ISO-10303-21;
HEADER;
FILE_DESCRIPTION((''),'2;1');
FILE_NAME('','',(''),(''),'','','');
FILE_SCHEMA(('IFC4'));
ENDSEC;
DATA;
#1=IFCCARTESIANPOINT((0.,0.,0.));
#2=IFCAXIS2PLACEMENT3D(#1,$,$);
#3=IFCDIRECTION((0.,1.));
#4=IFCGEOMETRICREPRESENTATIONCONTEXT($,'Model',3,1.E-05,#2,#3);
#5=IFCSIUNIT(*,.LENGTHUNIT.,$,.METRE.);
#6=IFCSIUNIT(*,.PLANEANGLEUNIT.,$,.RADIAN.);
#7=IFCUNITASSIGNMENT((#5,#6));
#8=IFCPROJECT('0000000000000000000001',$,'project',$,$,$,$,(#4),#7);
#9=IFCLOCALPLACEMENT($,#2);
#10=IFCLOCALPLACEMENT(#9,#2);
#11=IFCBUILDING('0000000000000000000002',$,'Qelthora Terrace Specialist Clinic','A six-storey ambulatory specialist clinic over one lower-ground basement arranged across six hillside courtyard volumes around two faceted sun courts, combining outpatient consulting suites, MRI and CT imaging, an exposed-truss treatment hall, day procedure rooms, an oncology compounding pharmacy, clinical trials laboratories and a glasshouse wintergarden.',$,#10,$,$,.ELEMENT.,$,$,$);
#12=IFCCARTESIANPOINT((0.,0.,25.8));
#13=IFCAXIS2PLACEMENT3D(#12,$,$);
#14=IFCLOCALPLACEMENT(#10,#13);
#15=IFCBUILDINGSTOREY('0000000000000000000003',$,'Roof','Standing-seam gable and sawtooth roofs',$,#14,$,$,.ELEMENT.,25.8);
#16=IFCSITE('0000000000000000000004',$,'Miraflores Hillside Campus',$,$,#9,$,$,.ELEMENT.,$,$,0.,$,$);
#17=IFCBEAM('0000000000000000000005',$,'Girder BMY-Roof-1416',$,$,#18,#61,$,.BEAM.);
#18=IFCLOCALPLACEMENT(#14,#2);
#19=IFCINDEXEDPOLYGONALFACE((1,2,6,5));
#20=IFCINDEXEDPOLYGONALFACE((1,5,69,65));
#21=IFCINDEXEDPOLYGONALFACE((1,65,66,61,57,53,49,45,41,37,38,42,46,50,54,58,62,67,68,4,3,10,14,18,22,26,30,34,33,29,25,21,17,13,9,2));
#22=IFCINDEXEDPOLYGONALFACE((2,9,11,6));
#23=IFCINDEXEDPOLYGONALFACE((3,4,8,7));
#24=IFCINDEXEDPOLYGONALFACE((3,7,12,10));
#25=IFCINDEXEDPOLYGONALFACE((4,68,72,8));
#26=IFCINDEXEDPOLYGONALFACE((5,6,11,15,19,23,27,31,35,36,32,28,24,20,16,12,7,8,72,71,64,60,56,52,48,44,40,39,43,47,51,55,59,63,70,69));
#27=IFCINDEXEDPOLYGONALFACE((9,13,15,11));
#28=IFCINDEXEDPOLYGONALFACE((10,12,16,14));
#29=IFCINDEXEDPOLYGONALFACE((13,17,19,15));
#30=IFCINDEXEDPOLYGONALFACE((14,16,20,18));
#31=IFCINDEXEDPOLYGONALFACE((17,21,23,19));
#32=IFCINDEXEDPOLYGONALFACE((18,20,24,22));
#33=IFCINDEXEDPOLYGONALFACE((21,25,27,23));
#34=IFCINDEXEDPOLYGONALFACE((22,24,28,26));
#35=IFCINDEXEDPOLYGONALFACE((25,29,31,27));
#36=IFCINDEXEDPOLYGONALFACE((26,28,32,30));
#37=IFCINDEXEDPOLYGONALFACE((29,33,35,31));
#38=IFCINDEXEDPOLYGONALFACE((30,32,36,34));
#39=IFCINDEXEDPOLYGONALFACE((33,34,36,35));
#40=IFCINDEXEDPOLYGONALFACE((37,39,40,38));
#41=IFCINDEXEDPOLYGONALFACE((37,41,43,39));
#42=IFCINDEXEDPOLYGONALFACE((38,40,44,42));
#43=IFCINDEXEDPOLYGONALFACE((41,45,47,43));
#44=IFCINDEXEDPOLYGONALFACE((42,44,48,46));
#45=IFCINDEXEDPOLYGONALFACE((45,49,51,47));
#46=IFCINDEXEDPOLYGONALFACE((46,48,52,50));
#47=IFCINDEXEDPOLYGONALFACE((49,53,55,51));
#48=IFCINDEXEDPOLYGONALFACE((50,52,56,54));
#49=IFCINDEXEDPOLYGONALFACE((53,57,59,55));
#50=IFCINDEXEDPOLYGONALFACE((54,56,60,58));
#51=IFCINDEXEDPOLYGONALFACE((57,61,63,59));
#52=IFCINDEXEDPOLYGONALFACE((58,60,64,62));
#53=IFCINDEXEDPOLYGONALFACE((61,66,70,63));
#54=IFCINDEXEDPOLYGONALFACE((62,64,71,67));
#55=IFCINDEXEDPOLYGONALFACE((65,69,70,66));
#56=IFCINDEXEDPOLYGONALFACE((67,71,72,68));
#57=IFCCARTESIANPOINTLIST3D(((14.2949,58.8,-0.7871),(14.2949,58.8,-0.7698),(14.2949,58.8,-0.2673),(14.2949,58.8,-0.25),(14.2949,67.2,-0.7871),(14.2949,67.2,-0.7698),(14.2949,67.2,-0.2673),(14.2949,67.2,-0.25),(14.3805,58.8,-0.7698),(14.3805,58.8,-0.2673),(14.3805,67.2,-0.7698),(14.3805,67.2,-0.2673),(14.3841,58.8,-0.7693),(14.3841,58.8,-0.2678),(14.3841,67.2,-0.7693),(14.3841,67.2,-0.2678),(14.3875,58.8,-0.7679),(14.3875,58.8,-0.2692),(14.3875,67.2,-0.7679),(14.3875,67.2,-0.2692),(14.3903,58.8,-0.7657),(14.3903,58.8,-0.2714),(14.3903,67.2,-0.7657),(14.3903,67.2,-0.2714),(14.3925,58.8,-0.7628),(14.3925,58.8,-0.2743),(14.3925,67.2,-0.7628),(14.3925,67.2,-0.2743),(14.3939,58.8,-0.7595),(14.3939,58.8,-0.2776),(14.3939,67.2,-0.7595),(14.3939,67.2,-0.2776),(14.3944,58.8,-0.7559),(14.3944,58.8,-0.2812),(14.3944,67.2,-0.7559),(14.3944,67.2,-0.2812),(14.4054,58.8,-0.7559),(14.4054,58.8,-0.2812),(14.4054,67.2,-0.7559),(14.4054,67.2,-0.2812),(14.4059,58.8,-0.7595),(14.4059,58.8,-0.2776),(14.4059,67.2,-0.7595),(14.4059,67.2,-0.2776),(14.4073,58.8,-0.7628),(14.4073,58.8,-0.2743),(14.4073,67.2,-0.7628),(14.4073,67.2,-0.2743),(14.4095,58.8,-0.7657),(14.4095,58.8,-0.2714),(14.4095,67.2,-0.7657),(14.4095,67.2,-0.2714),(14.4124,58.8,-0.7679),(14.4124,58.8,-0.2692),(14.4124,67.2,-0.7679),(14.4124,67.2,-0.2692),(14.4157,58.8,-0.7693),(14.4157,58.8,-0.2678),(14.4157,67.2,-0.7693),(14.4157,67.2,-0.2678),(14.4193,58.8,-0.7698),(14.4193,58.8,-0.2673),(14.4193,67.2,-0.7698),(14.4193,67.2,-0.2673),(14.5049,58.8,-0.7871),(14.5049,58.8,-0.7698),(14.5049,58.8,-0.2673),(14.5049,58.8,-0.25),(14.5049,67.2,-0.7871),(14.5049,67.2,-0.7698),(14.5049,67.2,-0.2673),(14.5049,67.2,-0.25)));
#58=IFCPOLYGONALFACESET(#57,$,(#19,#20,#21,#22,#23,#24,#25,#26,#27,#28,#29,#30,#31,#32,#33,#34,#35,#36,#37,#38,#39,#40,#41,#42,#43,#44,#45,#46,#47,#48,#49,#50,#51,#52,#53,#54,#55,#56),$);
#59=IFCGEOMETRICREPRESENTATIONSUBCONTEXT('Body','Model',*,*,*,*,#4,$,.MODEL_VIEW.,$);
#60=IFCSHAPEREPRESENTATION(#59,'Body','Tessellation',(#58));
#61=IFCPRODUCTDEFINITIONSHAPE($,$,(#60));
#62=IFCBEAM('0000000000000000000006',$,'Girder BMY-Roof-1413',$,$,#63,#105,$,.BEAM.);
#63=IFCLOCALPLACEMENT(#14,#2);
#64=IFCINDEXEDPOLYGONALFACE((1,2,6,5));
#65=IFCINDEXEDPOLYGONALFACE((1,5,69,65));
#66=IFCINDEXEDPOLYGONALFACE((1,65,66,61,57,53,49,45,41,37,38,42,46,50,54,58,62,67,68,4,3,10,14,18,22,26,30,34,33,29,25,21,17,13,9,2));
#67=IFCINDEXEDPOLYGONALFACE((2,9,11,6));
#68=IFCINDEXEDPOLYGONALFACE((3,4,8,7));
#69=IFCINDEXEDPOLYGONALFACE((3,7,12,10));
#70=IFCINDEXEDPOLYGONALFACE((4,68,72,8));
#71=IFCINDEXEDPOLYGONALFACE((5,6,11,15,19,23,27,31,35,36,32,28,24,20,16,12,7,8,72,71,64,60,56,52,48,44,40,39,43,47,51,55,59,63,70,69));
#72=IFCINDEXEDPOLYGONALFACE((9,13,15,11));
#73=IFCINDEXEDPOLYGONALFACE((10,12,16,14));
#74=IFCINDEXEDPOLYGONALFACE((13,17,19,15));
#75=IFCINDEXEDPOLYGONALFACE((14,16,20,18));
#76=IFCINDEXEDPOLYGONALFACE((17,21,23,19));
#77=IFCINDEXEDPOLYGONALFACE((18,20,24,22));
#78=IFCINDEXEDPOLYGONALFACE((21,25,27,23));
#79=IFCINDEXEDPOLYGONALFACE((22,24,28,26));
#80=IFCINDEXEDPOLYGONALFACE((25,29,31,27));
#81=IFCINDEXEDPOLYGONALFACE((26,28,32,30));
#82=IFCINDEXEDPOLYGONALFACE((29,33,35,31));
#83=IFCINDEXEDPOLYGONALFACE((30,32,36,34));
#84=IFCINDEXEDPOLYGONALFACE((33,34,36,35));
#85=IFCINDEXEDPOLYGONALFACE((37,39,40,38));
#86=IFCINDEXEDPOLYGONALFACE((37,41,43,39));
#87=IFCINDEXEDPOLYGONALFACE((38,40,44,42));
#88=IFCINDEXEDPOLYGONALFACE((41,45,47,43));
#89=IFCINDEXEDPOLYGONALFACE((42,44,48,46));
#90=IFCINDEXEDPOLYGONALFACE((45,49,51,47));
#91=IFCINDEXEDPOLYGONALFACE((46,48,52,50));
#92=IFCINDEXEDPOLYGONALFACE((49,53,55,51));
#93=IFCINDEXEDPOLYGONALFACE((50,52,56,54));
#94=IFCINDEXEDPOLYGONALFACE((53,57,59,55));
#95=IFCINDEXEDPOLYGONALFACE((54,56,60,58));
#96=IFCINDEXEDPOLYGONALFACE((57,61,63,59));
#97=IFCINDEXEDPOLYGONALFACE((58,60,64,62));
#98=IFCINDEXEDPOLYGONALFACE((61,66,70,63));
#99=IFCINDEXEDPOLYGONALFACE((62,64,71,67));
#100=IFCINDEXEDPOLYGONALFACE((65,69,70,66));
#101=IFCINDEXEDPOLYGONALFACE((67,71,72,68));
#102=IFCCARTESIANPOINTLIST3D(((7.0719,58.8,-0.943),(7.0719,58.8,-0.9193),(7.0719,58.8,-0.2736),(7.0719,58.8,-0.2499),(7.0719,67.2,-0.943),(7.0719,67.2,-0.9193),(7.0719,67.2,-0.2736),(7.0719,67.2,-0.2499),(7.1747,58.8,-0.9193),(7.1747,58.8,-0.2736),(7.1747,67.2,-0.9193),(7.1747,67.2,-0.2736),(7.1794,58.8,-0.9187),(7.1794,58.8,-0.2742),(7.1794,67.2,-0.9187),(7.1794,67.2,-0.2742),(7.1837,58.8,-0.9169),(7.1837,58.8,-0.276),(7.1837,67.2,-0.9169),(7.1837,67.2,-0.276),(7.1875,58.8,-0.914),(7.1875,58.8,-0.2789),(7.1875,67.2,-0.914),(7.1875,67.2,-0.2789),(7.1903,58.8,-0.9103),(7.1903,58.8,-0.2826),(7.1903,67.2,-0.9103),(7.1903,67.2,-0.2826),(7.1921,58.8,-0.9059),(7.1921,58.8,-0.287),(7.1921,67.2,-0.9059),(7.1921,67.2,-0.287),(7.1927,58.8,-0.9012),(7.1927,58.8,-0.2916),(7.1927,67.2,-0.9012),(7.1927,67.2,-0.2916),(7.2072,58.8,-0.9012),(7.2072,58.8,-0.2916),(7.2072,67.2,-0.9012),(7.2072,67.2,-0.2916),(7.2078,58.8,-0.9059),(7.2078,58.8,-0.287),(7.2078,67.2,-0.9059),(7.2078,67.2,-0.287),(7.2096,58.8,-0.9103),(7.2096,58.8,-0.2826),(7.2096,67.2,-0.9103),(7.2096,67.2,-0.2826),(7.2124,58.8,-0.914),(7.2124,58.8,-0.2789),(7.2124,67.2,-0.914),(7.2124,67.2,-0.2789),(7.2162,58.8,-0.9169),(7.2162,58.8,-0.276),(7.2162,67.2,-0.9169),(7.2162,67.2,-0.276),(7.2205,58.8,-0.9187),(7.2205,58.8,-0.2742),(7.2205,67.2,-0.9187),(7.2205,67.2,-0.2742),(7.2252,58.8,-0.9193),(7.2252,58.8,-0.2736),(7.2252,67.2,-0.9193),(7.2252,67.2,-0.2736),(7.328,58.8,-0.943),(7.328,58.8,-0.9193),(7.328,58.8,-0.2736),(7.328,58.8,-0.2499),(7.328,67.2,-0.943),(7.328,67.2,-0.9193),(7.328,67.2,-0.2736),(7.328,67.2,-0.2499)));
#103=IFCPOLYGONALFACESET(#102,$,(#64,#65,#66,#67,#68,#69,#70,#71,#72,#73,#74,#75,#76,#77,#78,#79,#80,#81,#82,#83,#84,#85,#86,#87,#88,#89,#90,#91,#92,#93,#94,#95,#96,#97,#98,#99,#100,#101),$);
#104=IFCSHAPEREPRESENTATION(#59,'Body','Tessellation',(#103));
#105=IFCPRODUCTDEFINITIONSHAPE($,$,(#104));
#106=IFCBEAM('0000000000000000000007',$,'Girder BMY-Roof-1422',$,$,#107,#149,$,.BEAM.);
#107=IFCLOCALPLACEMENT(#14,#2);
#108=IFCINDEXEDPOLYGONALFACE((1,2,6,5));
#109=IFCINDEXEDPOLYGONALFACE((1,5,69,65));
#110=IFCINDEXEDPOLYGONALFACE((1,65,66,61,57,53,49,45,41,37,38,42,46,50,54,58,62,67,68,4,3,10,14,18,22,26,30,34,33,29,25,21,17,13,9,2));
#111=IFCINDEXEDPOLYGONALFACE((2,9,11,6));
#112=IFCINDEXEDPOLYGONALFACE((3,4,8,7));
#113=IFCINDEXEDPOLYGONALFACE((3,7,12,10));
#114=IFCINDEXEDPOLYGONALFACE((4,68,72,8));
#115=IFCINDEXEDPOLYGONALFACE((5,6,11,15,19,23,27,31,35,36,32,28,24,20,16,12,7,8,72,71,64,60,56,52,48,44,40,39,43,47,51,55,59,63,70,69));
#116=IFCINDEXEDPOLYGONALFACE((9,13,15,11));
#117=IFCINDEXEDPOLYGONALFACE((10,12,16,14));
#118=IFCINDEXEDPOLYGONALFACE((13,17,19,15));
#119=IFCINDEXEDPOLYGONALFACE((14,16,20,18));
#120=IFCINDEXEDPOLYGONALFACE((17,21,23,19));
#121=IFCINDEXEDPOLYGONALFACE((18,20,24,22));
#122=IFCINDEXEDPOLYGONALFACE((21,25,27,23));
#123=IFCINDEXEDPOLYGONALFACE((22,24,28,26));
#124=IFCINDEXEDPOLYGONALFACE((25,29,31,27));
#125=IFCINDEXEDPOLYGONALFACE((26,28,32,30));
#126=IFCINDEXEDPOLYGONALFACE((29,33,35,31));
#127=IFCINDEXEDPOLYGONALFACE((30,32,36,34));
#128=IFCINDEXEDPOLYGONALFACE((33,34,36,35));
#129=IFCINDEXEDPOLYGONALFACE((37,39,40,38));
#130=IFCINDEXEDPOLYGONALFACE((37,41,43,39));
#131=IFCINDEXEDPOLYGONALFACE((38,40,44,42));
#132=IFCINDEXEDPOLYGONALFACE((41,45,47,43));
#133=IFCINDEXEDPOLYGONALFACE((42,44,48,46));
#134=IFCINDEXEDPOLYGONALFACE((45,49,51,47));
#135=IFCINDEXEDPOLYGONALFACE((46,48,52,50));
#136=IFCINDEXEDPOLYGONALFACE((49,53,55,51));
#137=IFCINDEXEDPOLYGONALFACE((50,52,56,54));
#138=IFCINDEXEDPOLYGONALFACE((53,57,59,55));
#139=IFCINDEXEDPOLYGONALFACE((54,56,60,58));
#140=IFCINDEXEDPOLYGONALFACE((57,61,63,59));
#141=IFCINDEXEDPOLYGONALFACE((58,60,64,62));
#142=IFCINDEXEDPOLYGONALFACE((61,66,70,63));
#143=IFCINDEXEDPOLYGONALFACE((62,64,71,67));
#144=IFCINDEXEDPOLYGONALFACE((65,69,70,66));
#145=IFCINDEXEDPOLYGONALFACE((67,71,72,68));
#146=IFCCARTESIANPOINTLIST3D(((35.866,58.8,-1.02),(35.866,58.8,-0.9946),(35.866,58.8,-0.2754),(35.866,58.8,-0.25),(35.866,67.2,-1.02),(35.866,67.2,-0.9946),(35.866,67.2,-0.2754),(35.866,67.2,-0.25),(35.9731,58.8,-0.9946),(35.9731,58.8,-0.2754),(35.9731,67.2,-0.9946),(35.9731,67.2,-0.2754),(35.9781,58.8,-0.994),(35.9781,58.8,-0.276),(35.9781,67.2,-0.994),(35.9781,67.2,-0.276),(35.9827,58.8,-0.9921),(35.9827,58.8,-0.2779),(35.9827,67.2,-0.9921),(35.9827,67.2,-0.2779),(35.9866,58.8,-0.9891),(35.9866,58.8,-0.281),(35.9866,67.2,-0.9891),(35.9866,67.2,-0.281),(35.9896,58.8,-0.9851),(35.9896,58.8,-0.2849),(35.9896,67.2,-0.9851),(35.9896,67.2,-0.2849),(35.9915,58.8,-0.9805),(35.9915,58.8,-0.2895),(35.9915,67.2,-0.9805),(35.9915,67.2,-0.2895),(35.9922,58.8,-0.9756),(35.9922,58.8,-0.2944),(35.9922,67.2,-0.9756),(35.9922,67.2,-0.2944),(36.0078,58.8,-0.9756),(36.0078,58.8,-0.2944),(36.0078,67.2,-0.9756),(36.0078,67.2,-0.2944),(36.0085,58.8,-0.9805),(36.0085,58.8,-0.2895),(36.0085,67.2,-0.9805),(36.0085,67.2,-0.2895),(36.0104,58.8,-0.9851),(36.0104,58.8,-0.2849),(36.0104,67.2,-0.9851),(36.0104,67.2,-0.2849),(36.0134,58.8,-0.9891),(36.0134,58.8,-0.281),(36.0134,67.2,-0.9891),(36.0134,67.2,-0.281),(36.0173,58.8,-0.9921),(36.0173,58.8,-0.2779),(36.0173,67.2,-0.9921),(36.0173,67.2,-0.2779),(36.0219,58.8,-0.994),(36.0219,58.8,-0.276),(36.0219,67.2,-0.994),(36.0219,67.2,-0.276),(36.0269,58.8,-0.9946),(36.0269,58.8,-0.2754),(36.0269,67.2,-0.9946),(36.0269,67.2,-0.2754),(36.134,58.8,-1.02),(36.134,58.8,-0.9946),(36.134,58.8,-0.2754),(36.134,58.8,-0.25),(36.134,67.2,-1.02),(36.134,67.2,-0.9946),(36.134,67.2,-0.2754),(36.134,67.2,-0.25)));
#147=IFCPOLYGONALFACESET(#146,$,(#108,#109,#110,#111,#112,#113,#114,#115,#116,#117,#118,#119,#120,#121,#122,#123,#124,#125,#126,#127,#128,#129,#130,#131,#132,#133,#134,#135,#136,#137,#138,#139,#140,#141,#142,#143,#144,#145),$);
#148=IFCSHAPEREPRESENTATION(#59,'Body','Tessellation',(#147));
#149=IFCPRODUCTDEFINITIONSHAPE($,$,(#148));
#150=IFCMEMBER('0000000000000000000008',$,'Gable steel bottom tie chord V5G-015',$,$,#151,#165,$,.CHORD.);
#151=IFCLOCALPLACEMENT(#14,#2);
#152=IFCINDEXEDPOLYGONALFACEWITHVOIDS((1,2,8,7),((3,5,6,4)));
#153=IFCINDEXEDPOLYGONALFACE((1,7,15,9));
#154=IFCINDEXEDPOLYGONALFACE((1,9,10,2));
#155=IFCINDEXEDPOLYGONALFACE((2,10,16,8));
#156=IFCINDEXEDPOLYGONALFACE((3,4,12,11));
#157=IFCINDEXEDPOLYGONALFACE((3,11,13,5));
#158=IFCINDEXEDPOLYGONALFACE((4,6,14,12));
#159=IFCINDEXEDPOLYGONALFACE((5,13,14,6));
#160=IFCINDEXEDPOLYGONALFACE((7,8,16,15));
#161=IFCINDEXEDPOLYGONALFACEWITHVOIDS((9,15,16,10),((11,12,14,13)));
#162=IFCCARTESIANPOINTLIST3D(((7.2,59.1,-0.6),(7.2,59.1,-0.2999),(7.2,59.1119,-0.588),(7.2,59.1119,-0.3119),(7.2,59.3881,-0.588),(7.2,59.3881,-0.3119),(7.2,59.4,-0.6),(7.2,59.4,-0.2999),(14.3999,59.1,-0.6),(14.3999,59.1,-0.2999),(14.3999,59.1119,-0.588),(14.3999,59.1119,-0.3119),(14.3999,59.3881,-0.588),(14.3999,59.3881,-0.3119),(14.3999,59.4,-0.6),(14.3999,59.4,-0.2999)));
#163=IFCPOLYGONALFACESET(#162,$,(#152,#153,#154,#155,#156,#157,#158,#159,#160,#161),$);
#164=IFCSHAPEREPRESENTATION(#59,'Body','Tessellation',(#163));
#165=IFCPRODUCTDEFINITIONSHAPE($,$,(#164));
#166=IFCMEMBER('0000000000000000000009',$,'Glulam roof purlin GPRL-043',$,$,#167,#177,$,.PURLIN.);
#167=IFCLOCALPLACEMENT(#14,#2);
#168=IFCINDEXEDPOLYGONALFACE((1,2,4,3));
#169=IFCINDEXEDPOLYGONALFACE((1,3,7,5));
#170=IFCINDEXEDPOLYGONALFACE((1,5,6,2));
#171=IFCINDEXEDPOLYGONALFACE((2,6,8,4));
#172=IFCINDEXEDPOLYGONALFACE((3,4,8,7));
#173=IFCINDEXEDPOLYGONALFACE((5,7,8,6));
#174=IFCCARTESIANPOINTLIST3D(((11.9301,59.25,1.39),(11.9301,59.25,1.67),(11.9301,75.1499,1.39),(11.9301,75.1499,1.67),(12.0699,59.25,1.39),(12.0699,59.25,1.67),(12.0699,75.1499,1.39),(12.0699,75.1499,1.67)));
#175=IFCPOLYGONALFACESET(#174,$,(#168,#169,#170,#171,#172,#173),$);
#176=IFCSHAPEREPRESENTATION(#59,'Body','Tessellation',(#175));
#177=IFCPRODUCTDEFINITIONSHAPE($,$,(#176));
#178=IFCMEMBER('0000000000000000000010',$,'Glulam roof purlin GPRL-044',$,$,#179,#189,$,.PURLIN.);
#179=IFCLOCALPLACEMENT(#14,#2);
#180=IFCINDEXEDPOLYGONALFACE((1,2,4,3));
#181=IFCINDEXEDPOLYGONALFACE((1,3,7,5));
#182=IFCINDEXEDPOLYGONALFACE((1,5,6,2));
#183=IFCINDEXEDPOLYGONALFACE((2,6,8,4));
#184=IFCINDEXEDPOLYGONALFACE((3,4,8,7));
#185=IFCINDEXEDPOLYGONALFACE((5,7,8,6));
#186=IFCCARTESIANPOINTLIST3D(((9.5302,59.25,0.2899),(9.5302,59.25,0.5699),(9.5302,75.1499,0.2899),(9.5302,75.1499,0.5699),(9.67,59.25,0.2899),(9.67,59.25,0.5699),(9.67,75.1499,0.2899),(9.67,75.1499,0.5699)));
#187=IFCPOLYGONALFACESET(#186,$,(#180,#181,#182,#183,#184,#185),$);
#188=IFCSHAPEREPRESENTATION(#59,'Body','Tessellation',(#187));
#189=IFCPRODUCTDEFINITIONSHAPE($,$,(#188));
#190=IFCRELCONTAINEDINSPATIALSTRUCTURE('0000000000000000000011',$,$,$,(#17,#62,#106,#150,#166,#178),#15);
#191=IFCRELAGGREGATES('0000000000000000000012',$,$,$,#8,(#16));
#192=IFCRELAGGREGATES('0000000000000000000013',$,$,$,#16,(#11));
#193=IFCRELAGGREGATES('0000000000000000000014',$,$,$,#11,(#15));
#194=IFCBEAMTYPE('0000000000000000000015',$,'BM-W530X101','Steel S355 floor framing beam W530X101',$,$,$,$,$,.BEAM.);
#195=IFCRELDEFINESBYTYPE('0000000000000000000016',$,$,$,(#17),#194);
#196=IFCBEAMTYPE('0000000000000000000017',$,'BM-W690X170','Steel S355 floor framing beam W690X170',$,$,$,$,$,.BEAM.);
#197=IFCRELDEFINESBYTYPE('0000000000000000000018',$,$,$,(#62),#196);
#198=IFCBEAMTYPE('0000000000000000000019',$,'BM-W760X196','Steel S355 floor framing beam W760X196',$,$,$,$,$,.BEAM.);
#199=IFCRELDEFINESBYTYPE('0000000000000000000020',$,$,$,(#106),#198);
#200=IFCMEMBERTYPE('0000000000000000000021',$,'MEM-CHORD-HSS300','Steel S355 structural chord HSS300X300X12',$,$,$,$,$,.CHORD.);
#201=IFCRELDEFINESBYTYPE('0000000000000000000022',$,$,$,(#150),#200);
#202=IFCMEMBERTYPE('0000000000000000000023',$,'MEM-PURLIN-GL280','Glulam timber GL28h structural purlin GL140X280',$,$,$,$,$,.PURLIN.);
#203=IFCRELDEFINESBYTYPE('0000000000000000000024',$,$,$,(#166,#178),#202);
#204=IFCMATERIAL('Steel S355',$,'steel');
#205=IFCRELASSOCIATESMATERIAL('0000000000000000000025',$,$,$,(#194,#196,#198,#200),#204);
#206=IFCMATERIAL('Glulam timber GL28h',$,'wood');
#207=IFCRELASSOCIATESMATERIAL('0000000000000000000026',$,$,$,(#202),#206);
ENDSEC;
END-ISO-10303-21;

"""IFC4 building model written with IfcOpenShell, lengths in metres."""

from ifc_helpers import new_model, si_unit, direction, frame, origin, origin_2d, place, context, subcontext, project, spatial, rectangle, hollow_rectangle, i_section, extrude, material, material_profile, profile_set, type_object, element, save


model = new_model("IFC4")

# Units and contexts
model_context = context("Model", 3, precision=1e-05, world=origin(), true_north=direction((0.0, 1.0)))
body_context = subcontext(model_context, "Body", "Model", "MODEL_VIEW")
ifc_project = project(units=[si_unit("LENGTHUNIT", "METRE"), si_unit("PLANEANGLEUNIT", "RADIAN")], contexts=[model_context])

# Site, building, storey
site_placement = place(None, origin())
site = spatial("IfcSite", under=ifc_project, at=site_placement, Name="Miraflores Hillside Campus", CompositionType="ELEMENT", RefElevation=0.0)
building_placement = place(site_placement, origin())
building = spatial("IfcBuilding", under=site, at=building_placement, Name="Qelthora Terrace Specialist Clinic", Description="A six-storey ambulatory specialist clinic over one lower-ground basement arranged across six hillside courtyard volumes around two faceted sun courts, combining outpatient consulting suites, MRI and CT imaging, an exposed-truss treatment hall, day procedure rooms, an oncology compounding pharmacy, clinical trials laboratories and a glasshouse wintergarden.", CompositionType="ELEMENT")
storey_placement = place(building_placement, frame((0.0, 0.0, 25.8)))
storey = spatial("IfcBuildingStorey", under=building, at=storey_placement, Name="Roof", Description="Standing-seam gable and sawtooth roofs", CompositionType="ELEMENT", Elevation=25.8)

# Beams
ifc_material_1 = material(Name="Steel S355", Category="steel")
ifc_material_profile_1 = material_profile(ifc_material_1, i_section(OverallWidth=0.21, OverallDepth=0.5371, WebThickness=0.011, FlangeThickness=0.0173, FilletRadius=0.0139, at=origin_2d()), Name="W530X101")
ifc_profile_set_1 = profile_set([ifc_material_profile_1], Name="Steel S355")
beam_type_1 = type_object("IfcBeamType", Name="BM-W530X101", Description="Steel S355 floor framing beam W530X101", PredefinedType="BEAM", material=ifc_profile_set_1)
beam_1_placement = place(storey_placement, frame((14.3999, 58.8, -0.5186), z_axis=(0.0, 1.0, 0.0), x_axis=(-1.0, 0.0, 0.0)))
element("IfcBeam", 1, at=beam_1_placement, inside=storey, type_object=beam_type_1, Name="Girder BMY-Roof-1416", PredefinedType="BEAM", context=body_context, shape_type="SweptSolid", body=[
    extrude(i_section(OverallWidth=0.21, OverallDepth=0.5371, WebThickness=0.011, FlangeThickness=0.0173, FilletRadius=0.0139, at=origin_2d()), origin(), (0.0, 0.0, 1.0), 8.3999),
])
ifc_material_profile_2 = material_profile(ifc_material_1, i_section(OverallWidth=0.2561, OverallDepth=0.6931, WebThickness=0.0144, FlangeThickness=0.0237, FilletRadius=0.0181, at=origin_2d()), Name="W690X170")
ifc_profile_set_2 = profile_set([ifc_material_profile_2], Name="Steel S355")
beam_type_2 = type_object("IfcBeamType", Name="BM-W690X170", Description="Steel S355 floor framing beam W690X170", PredefinedType="BEAM", material=ifc_profile_set_2)
beam_2_placement = place(storey_placement, frame((7.2, 58.8, -0.5964), z_axis=(0.0, 1.0, 0.0), x_axis=(-1.0, 0.0, 0.0)))
element("IfcBeam", 2, at=beam_2_placement, inside=storey, type_object=beam_type_2, Name="Girder BMY-Roof-1413", PredefinedType="BEAM", context=body_context, shape_type="SweptSolid", body=[
    extrude(i_section(OverallWidth=0.2561, OverallDepth=0.6931, WebThickness=0.0144, FlangeThickness=0.0237, FilletRadius=0.0181, at=origin_2d()), origin(), (0.0, 0.0, 1.0), 8.3999),
])
ifc_material_profile_3 = material_profile(ifc_material_1, i_section(OverallWidth=0.2681, OverallDepth=0.77, WebThickness=0.0156, FlangeThickness=0.0254, FilletRadius=0.019, at=origin_2d()), Name="W760X196")
ifc_profile_set_3 = profile_set([ifc_material_profile_3], Name="Steel S355")
beam_type_3 = type_object("IfcBeamType", Name="BM-W760X196", Description="Steel S355 floor framing beam W760X196", PredefinedType="BEAM", material=ifc_profile_set_3)
beam_3_placement = place(storey_placement, frame((36.0, 58.8, -0.635), z_axis=(0.0, 1.0, 0.0), x_axis=(-1.0, 0.0, 0.0)))
element("IfcBeam", 3, at=beam_3_placement, inside=storey, type_object=beam_type_3, Name="Girder BMY-Roof-1422", PredefinedType="BEAM", context=body_context, shape_type="SweptSolid", body=[
    extrude(i_section(OverallWidth=0.2681, OverallDepth=0.77, WebThickness=0.0156, FlangeThickness=0.0254, FilletRadius=0.019, at=origin_2d()), origin(), (0.0, 0.0, 1.0), 8.3999),
])

# Members
ifc_material_profile_4 = material_profile(ifc_material_1, hollow_rectangle(XDim=0.3, YDim=0.3, WallThickness=0.012, at=origin_2d()), Name="HSS300X300X12")
ifc_profile_set_4 = profile_set([ifc_material_profile_4], Name="Steel S355")
member_type_1 = type_object("IfcMemberType", Name="MEM-CHORD-HSS300", Description="Steel S355 structural chord HSS300X300X12", PredefinedType="CHORD", material=ifc_profile_set_4)
member_1_placement = place(storey_placement, frame((7.2, 59.25, -0.45), z_axis=(1.0, 0.0, 0.0), x_axis=(0.0, 1.0, 0.0)))
element("IfcMember", 4, at=member_1_placement, inside=storey, type_object=member_type_1, Name="Gable steel bottom tie chord V5G-015", PredefinedType="CHORD", context=body_context, shape_type="SweptSolid", body=[
    extrude(hollow_rectangle(XDim=0.3, YDim=0.3, WallThickness=0.012, at=origin_2d()), origin(), (0.0, 0.0, 1.0), 7.2),
])
ifc_material_2 = material(Name="Glulam timber GL28h", Category="wood")
ifc_material_profile_5 = material_profile(ifc_material_2, rectangle(XDim=0.1399, YDim=0.28, at=origin_2d()), Name="GL140X280")
ifc_profile_set_5 = profile_set([ifc_material_profile_5], Name="Glulam timber GL28h")
member_type_2 = type_object("IfcMemberType", Name="MEM-PURLIN-GL280", Description="Glulam timber GL28h structural purlin GL140X280", PredefinedType="PURLIN", material=ifc_profile_set_5)
for number, where, z_axis, x_axis, name in (
    (5, (12.0, 59.25, 1.53), (0.0, 1.0, 0.0), (-1.0, 0.0, 0.0), "Glulam roof purlin GPRL-043"),
    (6, (9.6001, 59.25, 0.4299), (0.0, 1.0, 0.0), (-1.0, 0.0, 0.0), "Glulam roof purlin GPRL-044"),
):
    element("IfcMember", number, at=place(storey_placement, frame(where, z_axis=z_axis, x_axis=x_axis)), inside=storey, type_object=member_type_2, Name=name, PredefinedType="PURLIN", context=body_context, shape_type="SweptSolid", body=[
        extrude(rectangle(XDim=0.1399, YDim=0.28, at=origin_2d()), origin(), (0.0, 0.0, 1.0), 15.8999),
    ])

save(model, "model.ifc")
